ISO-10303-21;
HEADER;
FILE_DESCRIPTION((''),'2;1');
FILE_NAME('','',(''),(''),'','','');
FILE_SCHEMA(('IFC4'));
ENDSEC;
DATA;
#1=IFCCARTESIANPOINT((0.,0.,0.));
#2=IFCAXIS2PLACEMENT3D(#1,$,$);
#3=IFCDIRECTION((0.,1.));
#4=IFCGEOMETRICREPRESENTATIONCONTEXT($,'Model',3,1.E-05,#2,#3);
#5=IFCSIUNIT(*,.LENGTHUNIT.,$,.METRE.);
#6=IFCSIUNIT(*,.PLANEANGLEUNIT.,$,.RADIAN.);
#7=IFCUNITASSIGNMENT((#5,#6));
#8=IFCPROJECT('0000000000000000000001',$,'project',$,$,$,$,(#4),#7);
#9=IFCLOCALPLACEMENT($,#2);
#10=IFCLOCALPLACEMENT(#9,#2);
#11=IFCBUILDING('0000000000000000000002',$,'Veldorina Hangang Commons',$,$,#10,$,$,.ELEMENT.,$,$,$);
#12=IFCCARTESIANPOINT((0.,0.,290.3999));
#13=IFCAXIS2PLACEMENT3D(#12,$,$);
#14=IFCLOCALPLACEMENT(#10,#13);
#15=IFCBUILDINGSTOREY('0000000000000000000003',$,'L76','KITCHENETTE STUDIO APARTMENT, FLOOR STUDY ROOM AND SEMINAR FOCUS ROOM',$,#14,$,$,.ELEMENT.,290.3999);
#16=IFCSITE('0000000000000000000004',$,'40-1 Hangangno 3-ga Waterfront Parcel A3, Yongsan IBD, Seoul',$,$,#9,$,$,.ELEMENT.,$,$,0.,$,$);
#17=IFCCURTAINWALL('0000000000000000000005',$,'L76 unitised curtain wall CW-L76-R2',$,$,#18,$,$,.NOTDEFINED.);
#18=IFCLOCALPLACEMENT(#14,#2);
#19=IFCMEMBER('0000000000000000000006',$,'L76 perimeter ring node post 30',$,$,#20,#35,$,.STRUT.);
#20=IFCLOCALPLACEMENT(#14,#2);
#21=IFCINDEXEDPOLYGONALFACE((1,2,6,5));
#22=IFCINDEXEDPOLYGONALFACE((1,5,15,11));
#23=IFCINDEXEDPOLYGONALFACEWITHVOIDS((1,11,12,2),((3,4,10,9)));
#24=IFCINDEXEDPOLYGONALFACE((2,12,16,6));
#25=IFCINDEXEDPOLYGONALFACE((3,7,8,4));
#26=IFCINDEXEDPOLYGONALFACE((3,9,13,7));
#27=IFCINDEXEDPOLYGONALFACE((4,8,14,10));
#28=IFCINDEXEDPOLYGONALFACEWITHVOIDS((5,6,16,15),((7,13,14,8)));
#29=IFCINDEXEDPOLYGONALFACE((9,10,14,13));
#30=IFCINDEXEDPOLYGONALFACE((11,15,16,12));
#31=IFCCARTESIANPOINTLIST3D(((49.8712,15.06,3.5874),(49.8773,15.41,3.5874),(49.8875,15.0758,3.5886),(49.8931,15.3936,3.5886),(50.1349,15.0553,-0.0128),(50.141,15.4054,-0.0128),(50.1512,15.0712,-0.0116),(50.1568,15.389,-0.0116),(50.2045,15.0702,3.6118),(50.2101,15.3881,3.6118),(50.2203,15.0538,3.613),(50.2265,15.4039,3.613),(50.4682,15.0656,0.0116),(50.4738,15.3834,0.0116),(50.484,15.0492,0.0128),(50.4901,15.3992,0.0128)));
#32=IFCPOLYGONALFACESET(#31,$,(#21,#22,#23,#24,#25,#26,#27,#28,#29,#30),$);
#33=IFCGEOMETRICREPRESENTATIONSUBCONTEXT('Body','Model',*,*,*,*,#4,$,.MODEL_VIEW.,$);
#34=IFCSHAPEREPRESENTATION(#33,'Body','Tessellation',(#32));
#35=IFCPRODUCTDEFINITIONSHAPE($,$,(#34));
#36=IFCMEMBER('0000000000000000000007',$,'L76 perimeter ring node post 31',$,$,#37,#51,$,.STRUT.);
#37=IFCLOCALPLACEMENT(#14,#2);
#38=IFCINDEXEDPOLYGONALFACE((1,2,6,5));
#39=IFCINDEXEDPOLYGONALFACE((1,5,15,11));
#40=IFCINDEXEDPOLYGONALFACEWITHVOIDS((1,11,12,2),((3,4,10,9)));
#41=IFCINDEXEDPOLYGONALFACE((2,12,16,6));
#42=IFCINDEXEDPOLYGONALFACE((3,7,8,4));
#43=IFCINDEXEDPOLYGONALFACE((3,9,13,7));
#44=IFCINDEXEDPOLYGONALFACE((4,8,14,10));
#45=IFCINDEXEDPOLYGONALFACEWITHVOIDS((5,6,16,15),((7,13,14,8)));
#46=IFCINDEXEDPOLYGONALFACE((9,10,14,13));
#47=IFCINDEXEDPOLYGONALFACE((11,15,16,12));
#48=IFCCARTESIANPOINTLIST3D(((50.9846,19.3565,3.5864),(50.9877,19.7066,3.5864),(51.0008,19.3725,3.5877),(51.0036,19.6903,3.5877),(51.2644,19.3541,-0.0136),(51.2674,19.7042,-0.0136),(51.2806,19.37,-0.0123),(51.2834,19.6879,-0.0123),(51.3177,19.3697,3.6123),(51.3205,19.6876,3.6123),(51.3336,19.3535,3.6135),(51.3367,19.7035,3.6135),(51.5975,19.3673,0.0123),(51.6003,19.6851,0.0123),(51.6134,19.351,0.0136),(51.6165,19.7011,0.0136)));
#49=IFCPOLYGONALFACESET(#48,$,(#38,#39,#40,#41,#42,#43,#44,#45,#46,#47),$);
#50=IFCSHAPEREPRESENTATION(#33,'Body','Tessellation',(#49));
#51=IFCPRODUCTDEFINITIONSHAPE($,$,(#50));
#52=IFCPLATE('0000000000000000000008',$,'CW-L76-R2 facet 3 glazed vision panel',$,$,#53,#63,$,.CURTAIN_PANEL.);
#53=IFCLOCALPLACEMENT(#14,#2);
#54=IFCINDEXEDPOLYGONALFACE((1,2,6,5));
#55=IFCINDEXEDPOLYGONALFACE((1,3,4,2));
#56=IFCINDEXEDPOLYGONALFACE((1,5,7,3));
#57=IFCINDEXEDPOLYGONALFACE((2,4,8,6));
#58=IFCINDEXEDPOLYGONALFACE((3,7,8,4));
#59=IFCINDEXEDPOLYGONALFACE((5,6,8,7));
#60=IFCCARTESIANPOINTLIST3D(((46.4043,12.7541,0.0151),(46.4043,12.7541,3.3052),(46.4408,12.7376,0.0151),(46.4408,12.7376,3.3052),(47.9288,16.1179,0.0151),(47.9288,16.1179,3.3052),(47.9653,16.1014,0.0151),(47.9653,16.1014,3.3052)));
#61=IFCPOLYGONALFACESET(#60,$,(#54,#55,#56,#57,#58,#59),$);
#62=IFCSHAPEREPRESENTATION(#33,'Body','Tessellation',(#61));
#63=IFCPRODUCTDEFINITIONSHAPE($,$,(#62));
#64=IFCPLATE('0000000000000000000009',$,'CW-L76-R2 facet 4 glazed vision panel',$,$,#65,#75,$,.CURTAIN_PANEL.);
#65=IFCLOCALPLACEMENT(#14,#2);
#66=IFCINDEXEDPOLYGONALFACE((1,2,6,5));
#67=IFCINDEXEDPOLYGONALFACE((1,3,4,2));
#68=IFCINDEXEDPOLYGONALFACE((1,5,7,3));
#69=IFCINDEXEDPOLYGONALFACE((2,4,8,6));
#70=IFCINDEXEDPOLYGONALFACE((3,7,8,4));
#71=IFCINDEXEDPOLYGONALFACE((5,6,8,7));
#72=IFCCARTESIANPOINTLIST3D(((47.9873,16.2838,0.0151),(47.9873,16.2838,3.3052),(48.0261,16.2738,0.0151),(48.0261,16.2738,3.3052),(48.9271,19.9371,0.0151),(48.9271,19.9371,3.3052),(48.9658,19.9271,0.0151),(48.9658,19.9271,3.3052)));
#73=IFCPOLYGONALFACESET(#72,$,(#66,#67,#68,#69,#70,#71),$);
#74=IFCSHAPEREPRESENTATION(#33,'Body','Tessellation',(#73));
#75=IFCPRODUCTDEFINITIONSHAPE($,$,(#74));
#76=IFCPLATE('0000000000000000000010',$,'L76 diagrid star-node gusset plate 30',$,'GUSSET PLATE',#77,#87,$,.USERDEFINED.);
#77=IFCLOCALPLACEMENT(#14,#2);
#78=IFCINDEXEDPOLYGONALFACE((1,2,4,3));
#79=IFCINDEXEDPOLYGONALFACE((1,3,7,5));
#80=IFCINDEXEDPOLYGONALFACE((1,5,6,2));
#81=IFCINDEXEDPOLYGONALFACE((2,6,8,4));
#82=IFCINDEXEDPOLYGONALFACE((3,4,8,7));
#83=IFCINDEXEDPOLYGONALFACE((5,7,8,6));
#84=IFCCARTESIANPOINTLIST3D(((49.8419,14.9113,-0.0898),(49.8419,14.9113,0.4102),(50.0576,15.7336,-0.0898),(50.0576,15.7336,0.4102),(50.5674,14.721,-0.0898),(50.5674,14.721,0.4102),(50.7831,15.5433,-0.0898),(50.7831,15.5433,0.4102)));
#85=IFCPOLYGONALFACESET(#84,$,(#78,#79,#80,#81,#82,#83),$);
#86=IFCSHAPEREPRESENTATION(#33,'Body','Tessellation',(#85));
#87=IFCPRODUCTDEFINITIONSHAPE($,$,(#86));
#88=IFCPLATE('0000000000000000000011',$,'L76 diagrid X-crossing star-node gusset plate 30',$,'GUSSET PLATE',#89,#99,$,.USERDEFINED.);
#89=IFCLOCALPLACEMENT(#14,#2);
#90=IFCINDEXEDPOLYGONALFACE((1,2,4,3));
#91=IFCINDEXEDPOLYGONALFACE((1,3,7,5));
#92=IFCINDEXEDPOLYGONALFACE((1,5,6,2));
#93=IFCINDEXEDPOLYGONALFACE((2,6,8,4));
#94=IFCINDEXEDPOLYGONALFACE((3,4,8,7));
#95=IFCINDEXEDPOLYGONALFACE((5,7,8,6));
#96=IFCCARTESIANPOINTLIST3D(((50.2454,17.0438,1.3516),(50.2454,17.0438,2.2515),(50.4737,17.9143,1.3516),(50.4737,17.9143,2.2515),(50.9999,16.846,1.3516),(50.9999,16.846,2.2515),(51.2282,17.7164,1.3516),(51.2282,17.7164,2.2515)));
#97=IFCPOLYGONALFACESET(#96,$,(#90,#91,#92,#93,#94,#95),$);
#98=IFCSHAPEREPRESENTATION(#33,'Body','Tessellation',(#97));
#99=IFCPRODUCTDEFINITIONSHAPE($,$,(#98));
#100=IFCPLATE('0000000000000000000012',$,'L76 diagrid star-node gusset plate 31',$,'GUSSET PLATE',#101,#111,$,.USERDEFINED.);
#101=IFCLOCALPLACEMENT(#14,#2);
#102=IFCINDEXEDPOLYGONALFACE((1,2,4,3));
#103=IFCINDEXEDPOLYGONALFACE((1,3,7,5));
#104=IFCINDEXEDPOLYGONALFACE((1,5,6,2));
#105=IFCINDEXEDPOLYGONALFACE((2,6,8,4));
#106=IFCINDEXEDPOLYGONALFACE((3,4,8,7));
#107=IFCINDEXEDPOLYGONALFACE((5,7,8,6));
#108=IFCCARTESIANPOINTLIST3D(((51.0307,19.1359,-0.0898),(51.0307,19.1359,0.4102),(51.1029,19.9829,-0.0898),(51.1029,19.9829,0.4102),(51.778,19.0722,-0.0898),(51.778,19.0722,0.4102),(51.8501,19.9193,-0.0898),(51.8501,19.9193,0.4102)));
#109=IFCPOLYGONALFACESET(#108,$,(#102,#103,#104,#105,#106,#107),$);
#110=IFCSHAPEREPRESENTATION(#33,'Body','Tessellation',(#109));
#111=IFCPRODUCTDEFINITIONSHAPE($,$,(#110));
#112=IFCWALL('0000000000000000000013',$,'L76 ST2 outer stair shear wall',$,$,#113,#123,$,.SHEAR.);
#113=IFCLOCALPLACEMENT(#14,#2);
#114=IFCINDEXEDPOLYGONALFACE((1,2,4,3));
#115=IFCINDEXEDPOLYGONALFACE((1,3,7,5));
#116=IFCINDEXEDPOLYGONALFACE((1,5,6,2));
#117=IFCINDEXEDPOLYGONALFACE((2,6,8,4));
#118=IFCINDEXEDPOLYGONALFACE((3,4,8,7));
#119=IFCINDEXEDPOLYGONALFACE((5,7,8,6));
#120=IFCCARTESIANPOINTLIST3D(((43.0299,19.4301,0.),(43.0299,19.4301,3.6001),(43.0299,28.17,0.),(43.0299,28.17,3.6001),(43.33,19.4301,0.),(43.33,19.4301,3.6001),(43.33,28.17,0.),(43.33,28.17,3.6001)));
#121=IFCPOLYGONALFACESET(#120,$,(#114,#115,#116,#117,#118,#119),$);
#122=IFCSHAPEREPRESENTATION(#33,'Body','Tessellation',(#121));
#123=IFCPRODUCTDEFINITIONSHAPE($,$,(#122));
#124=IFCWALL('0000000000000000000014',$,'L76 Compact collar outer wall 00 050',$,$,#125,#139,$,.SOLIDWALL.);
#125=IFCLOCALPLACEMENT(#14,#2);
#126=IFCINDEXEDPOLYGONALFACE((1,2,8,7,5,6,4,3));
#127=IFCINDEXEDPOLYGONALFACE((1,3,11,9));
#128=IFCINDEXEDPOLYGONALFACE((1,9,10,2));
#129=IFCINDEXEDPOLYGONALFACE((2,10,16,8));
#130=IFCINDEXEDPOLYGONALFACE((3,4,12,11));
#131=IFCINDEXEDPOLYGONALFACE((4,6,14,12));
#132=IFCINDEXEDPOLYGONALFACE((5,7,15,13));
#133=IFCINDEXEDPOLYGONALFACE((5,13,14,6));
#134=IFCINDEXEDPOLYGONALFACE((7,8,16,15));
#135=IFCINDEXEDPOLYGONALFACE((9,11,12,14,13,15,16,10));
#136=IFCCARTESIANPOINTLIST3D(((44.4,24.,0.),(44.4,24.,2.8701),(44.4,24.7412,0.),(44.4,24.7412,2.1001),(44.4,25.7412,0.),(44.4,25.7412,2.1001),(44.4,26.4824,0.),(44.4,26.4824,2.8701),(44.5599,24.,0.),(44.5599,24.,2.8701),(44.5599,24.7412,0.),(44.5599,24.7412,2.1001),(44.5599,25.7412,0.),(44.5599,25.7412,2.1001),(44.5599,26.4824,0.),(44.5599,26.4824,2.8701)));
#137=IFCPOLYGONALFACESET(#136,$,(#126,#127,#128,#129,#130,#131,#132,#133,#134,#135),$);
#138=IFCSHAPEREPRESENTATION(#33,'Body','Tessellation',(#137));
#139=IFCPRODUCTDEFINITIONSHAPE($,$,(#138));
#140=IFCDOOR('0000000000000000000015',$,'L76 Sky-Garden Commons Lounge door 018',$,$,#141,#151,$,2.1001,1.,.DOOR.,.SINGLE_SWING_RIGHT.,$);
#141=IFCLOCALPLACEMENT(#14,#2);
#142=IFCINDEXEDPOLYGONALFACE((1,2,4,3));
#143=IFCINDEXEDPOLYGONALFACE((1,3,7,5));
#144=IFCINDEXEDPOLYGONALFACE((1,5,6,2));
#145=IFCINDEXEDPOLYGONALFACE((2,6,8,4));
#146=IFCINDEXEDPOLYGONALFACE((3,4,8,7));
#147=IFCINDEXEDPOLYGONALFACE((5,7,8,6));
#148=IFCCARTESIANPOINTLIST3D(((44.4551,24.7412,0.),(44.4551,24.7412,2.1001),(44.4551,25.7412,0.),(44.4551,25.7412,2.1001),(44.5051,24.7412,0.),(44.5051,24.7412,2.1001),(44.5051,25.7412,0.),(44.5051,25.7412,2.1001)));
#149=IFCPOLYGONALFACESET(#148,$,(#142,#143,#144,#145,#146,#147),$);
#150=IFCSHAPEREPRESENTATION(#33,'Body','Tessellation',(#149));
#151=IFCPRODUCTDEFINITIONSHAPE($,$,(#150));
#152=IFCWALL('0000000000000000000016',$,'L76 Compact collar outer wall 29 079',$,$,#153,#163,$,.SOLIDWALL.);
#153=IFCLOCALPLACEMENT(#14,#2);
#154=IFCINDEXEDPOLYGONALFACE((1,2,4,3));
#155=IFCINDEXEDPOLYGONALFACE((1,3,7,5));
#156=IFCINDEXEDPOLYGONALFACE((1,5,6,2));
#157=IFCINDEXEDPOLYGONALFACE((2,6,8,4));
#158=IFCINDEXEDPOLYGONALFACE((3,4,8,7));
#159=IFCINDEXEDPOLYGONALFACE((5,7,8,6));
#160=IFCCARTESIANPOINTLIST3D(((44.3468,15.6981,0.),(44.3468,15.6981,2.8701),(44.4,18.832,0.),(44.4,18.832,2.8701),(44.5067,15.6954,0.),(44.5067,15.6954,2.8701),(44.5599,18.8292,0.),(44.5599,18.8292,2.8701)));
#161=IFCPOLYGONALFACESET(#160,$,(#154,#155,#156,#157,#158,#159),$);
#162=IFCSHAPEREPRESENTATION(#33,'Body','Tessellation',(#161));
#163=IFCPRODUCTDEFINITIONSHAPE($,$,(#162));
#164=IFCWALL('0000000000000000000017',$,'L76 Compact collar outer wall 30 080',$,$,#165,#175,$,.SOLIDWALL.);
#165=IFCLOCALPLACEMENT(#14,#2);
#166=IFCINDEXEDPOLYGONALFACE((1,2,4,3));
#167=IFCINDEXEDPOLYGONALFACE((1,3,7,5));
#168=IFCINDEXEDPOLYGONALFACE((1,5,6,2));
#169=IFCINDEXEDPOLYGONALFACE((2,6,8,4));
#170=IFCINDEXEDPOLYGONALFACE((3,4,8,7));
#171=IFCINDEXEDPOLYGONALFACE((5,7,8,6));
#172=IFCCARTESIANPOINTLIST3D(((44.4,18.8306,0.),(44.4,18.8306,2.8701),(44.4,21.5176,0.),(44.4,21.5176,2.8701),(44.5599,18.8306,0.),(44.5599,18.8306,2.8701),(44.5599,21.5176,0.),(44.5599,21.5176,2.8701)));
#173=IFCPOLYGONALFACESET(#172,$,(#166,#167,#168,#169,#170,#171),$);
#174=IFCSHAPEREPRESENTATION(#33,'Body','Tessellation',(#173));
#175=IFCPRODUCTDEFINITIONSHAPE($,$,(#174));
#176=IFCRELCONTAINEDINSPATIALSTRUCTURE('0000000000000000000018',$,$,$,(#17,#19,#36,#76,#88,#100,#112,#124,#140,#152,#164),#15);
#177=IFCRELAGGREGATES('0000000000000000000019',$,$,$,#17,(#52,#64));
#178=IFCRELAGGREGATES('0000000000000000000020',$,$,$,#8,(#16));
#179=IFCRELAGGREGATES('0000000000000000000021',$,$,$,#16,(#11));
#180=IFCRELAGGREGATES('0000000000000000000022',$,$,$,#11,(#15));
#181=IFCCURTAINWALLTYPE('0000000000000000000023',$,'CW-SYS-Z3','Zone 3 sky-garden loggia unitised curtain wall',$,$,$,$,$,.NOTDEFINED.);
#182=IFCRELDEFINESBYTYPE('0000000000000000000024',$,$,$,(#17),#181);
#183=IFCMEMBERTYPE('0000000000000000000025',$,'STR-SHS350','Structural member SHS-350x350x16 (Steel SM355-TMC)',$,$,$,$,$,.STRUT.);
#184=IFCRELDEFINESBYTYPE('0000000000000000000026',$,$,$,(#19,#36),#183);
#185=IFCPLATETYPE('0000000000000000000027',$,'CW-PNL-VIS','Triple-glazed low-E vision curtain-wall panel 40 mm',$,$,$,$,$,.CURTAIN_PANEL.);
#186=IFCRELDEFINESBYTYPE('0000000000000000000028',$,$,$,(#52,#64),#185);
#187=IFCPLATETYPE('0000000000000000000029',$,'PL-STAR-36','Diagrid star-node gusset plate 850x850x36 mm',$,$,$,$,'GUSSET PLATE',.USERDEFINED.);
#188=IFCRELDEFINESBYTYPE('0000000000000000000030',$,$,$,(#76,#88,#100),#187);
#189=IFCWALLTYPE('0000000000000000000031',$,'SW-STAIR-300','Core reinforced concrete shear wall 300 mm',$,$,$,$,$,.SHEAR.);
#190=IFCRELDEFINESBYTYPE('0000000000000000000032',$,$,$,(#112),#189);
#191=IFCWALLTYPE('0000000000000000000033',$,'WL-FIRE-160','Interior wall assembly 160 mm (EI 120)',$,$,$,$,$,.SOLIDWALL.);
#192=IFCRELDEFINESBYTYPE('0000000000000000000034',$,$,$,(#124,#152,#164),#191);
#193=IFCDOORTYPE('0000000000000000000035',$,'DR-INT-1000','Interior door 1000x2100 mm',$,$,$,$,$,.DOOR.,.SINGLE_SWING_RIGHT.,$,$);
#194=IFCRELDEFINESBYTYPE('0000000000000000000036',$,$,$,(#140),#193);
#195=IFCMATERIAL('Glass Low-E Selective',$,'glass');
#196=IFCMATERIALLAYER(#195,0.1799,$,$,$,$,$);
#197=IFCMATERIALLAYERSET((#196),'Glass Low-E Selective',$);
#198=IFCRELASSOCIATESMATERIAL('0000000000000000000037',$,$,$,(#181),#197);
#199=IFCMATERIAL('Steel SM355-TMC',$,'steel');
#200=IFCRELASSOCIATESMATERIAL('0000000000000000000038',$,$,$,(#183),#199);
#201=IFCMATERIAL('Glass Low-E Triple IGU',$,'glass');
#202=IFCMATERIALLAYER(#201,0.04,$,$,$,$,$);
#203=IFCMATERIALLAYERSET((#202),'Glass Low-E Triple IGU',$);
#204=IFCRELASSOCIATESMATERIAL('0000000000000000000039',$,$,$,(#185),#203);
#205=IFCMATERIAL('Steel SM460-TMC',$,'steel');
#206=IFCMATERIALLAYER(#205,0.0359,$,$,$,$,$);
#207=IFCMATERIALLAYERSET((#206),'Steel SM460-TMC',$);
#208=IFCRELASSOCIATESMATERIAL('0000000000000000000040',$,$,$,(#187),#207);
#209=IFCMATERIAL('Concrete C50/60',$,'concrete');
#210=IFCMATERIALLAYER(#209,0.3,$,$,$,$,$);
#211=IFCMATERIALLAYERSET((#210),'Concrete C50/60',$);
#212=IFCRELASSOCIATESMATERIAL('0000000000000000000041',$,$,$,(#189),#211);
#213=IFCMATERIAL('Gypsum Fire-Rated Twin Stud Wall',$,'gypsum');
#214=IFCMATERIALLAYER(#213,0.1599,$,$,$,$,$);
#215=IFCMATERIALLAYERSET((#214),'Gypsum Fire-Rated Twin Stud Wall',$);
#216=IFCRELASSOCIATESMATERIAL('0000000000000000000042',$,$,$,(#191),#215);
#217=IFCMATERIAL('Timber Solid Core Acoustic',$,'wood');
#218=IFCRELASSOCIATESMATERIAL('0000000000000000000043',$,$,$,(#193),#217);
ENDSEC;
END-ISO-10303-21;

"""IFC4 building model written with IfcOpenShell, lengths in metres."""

from ifc_helpers import new_model, si_unit, direction, frame, frame_2d, origin, origin_2d, place, context, subcontext, project, spatial, rectangle, hollow_rectangle, extrude, material, layer, layer_set, material_profile, profile_set, type_object, element, fill, aggregate, save


model = new_model("IFC4")

# Units and contexts
model_context = context("Model", 3, precision=1e-05, world=origin(), true_north=direction((0.0, 1.0)))
body_context = subcontext(model_context, "Body", "Model", "MODEL_VIEW")
ifc_project = project(units=[si_unit("LENGTHUNIT", "METRE"), si_unit("PLANEANGLEUNIT", "RADIAN")], contexts=[model_context])

# Site, building, storey
site_placement = place(None, origin())
site = spatial("IfcSite", under=ifc_project, at=site_placement, Name="40-1 Hangangno 3-ga Waterfront Parcel A3, Yongsan IBD, Seoul", CompositionType="ELEMENT", RefElevation=0.0)
building_placement = place(site_placement, origin())
building = spatial("IfcBuilding", under=site, at=building_placement, Name="Veldorina Hangang Commons", CompositionType="ELEMENT")
storey_placement = place(building_placement, frame((0.0, 0.0, 290.3999)))
storey = spatial("IfcBuildingStorey", under=building, at=storey_placement, Name="L76", Description="KITCHENETTE STUDIO APARTMENT, FLOOR STUDY ROOM AND SEMINAR FOCUS ROOM", CompositionType="ELEMENT", Elevation=290.3999)

# Shared definitions
ifc_material_1 = material(Name="Steel SM355-TMC", Category="steel")

# Curtain wall
ifc_material_2 = material(Name="Glass Low-E Selective", Category="glass")
ifc_layer_1 = layer(ifc_material_2, 0.1799)
ifc_layer_set_1 = layer_set([ifc_layer_1], Name="Glass Low-E Selective")
curtain_wall_type = type_object("IfcCurtainWallType", Name="CW-SYS-Z3", Description="Zone 3 sky-garden loggia unitised curtain wall", PredefinedType="NOTDEFINED", material=ifc_layer_set_1)
curtain_wall_placement = place(storey_placement, origin())
curtain_wall = element("IfcCurtainWall", 1, at=curtain_wall_placement, inside=storey, type_object=curtain_wall_type, Name="L76 unitised curtain wall CW-L76-R2", PredefinedType="NOTDEFINED")

# Members
ifc_material_profile_1 = material_profile(ifc_material_1, hollow_rectangle(XDim=0.3501, YDim=0.3501, WallThickness=0.0161, at=origin_2d()), Name="SHS-350x350x16")
ifc_profile_set_1 = profile_set([ifc_material_profile_1], Name="Steel SM355-TMC")
member_type_1 = type_object("IfcMemberType", Name="STR-SHS350", Description="Structural member SHS-350x350x16 (Steel SM355-TMC)", PredefinedType="STRUT", material=ifc_profile_set_1)
member_1_placement = place(storey_placement, frame((50.3125, 15.2273, 0.0), z_axis=(-0.073044, 0.001285, 0.997328), x_axis=(-0.01759, -0.999845, 0.0)))
element("IfcMember", 2, at=member_1_placement, inside=storey, type_object=member_type_1, Name="L76 perimeter ring node post 30", PredefinedType="STRUT", context=body_context, shape_type="SweptSolid", body=[
    extrude(hollow_rectangle(XDim=0.3501, YDim=0.3501, WallThickness=0.0161, at=origin_2d()), origin(), (0.0, 0.0, 1.0), 3.6099),
])
member_2_placement = place(storey_placement, frame((51.4404, 19.5276, 0.0), z_axis=(-0.077482, 0.000676, 0.996993), x_axis=(-0.008726, -0.999962, 0.0)))
element("IfcMember", 3, at=member_2_placement, inside=storey, type_object=member_type_1, Name="L76 perimeter ring node post 31", PredefinedType="STRUT", context=body_context, shape_type="SweptSolid", body=[
    extrude(hollow_rectangle(XDim=0.3501, YDim=0.3501, WallThickness=0.0161, at=origin_2d()), origin(), (0.0, 0.0, 1.0), 3.6108),
])

# Plates
ifc_material_3 = material(Name="Glass Low-E Triple IGU", Category="glass")
ifc_layer_2 = layer(ifc_material_3, 0.04)
ifc_layer_set_2 = layer_set([ifc_layer_2], Name="Glass Low-E Triple IGU")
plate_type_1 = type_object("IfcPlateType", Name="CW-PNL-VIS", Description="Triple-glazed low-E vision curtain-wall panel 40 mm", PredefinedType="CURTAIN_PANEL", material=ifc_layer_set_2)
plate_1_placement = place(storey_placement, frame((47.1848, 14.4277, 0.0151), z_axis=(0.0, 0.0, 1.0), x_axis=(0.412802, 0.910821, 0.0)))
plate_1 = element("IfcPlate", 4, at=plate_1_placement, type_object=plate_type_1, Name="CW-L76-R2 facet 3 glazed vision panel", PredefinedType="CURTAIN_PANEL", context=body_context, shape_type="SweptSolid", body=[
    extrude(rectangle(XDim=3.6931, YDim=0.04, at=origin_2d()), origin(), (0.0, 0.0, 1.0), 3.29),
])
plate_2_placement = place(storey_placement, frame((48.4766, 18.1055, 0.0151), z_axis=(0.0, 0.0, 1.0), x_axis=(0.249129, 0.96847, 0.0)))
plate_2 = element("IfcPlate", 5, at=plate_2_placement, type_object=plate_type_1, Name="CW-L76-R2 facet 4 glazed vision panel", PredefinedType="CURTAIN_PANEL", context=body_context, shape_type="SweptSolid", body=[
    extrude(rectangle(XDim=3.7722, YDim=0.04, at=origin_2d()), origin(), (0.0, 0.0, 1.0), 3.29),
])
aggregate(curtain_wall, [plate_1, plate_2])

# Plates
ifc_material_4 = material(Name="Steel SM460-TMC", Category="steel")
ifc_layer_3 = layer(ifc_material_4, 0.0359)
ifc_layer_set_3 = layer_set([ifc_layer_3], Name="Steel SM460-TMC")
plate_type_2 = type_object("IfcPlateType", Name="PL-STAR-36", Description="Diagrid star-node gusset plate 850x850x36 mm", ElementType="GUSSET PLATE", PredefinedType="USERDEFINED", material=ifc_layer_set_3)
plate_3_placement = place(storey_placement, frame((50.3125, 15.2273, -0.0898), z_axis=(0.0, 0.0, 1.0), x_axis=(0.25369, 0.967285, 0.0)))
element("IfcPlate", 6, at=plate_3_placement, inside=storey, type_object=plate_type_2, Name="L76 diagrid star-node gusset plate 30", ObjectType="GUSSET PLATE", PredefinedType="USERDEFINED", context=body_context, shape_type="SweptSolid", body=[
    extrude(rectangle(XDim=0.8501, YDim=0.75, at=origin_2d()), origin(), (0.0, 0.0, 1.0), 0.5),
])
plate_4_placement = place(storey_placement, frame((50.7368, 17.3801, 1.3516), z_axis=(0.0, 0.0, 1.0), x_axis=(0.25369, 0.967285, 0.0)))
element("IfcPlate", 7, at=plate_4_placement, inside=storey, type_object=plate_type_2, Name="L76 diagrid X-crossing star-node gusset plate 30", ObjectType="GUSSET PLATE", PredefinedType="USERDEFINED", context=body_context, shape_type="SweptSolid", body=[
    extrude(rectangle(XDim=0.8999, YDim=0.78, at=origin_2d()), origin(), (0.0, 0.0, 1.0), 0.8999),
])
plate_5_placement = place(storey_placement, frame((51.4404, 19.5276, -0.0898), z_axis=(0.0, 0.0, 1.0), x_axis=(0.08486, 0.996393, 0.0)))
element("IfcPlate", 8, at=plate_5_placement, inside=storey, type_object=plate_type_2, Name="L76 diagrid star-node gusset plate 31", ObjectType="GUSSET PLATE", PredefinedType="USERDEFINED", context=body_context, shape_type="SweptSolid", body=[
    extrude(rectangle(XDim=0.8501, YDim=0.75, at=origin_2d()), origin(), (0.0, 0.0, 1.0), 0.5),
])

# Wall
ifc_material_5 = material(Name="Concrete C50/60", Category="concrete")
ifc_layer_4 = layer(ifc_material_5, 0.3)
ifc_layer_set_4 = layer_set([ifc_layer_4], Name="Concrete C50/60")
wall_type_1 = type_object("IfcWallType", Name="SW-STAIR-300", Description="Core reinforced concrete shear wall 300 mm", PredefinedType="SHEAR", material=ifc_layer_set_4)
wall_1_placement = place(storey_placement, frame((43.1799, 19.4299, 0.0), z_axis=(0.0, 0.0, 1.0), x_axis=(0.0, 1.0, 0.0)))
element("IfcWall", 9, at=wall_1_placement, inside=storey, type_object=wall_type_1, Name="L76 ST2 outer stair shear wall", PredefinedType="SHEAR", context=body_context, shape_type="SweptSolid", body=[
    extrude(rectangle(XDim=8.74, YDim=0.3, at=frame_2d((4.3701, 0.0))), origin(), (0.0, 0.0, 1.0), 3.6001),
])

# Wall, opening, door
ifc_material_6 = material(Name="Gypsum Fire-Rated Twin Stud Wall", Category="gypsum")
ifc_layer_5 = layer(ifc_material_6, 0.1599)
ifc_layer_set_5 = layer_set([ifc_layer_5], Name="Gypsum Fire-Rated Twin Stud Wall")
wall_type_2 = type_object("IfcWallType", Name="WL-FIRE-160", Description="Interior wall assembly 160 mm (EI 120)", PredefinedType="SOLIDWALL", material=ifc_layer_set_5)
wall_2_placement = place(storey_placement, frame((44.48, 24.0, 0.0), z_axis=(0.0, 0.0, 1.0), x_axis=(0.0, 1.0, 0.0)))
wall_2 = element("IfcWall", 10, at=wall_2_placement, inside=storey, type_object=wall_type_2, Name="L76 Compact collar outer wall 00 050", PredefinedType="SOLIDWALL", context=body_context, shape_type="SweptSolid", body=[
    extrude(rectangle(XDim=2.4824, YDim=0.1599, at=frame_2d((1.2412, 0.0))), origin(), (0.0, 0.0, 1.0), 2.8701),
])
opening_1_placement = place(wall_2_placement, frame((0.7412, 0.0, 0.0)))
opening_1 = element("IfcOpeningElement", 11, at=opening_1_placement, cuts=wall_2, PredefinedType="OPENING", context=body_context, shape_type="SweptSolid", body=[
    extrude(rectangle(XDim=1.0, YDim=2.1001, at=frame_2d((0.5, 1.05))), frame((0.0, 0.0898, 0.0), z_axis=(0.0, -1.0, 0.0), x_axis=(1.0, 0.0, 0.0)), (0.0, 0.0, 1.0), 0.1799),
])
ifc_material_7 = material(Name="Timber Solid Core Acoustic", Category="wood")
door_type_1 = type_object("IfcDoorType", Name="DR-INT-1000", Description="Interior door 1000x2100 mm", OperationType="SINGLE_SWING_RIGHT", PredefinedType="DOOR", material=ifc_material_7)
door_1_placement = place(opening_1_placement, origin())
door_1 = element("IfcDoor", 12, at=door_1_placement, inside=storey, type_object=door_type_1, Name="L76 Sky-Garden Commons Lounge door 018", OperationType="SINGLE_SWING_RIGHT", OverallHeight=2.1001, OverallWidth=1.0, PredefinedType="DOOR", context=body_context, shape_type="SweptSolid", body=[
    extrude(rectangle(XDim=1.0, YDim=2.1001, at=frame_2d((0.5, 1.05))), frame((0.0, 0.0249, 0.0), z_axis=(0.0, -1.0, 0.0), x_axis=(1.0, 0.0, 0.0)), (0.0, 0.0, 1.0), 0.05),
])
fill(opening_1, door_1)

# Walls
wall_3_placement = place(storey_placement, frame((44.4268, 15.6968, 0.0), z_axis=(0.0, 0.0, 1.0), x_axis=(0.016981, 0.999856, 0.0)))
element("IfcWall", 13, at=wall_3_placement, inside=storey, type_object=wall_type_2, Name="L76 Compact collar outer wall 29 079", PredefinedType="SOLIDWALL", context=body_context, shape_type="SweptSolid", body=[
    extrude(rectangle(XDim=3.1343, YDim=0.1599, at=frame_2d((1.5671, 0.0))), origin(), (0.0, 0.0, 1.0), 2.8701),
])
wall_4_placement = place(storey_placement, frame((44.48, 18.8306, 0.0), z_axis=(0.0, 0.0, 1.0), x_axis=(0.0, 1.0, 0.0)))
element("IfcWall", 14, at=wall_4_placement, inside=storey, type_object=wall_type_2, Name="L76 Compact collar outer wall 30 080", PredefinedType="SOLIDWALL", context=body_context, shape_type="SweptSolid", body=[
    extrude(rectangle(XDim=2.687, YDim=0.1599, at=frame_2d((1.3435, 0.0))), origin(), (0.0, 0.0, 1.0), 2.8701),
])

save(model, "model.ifc")
